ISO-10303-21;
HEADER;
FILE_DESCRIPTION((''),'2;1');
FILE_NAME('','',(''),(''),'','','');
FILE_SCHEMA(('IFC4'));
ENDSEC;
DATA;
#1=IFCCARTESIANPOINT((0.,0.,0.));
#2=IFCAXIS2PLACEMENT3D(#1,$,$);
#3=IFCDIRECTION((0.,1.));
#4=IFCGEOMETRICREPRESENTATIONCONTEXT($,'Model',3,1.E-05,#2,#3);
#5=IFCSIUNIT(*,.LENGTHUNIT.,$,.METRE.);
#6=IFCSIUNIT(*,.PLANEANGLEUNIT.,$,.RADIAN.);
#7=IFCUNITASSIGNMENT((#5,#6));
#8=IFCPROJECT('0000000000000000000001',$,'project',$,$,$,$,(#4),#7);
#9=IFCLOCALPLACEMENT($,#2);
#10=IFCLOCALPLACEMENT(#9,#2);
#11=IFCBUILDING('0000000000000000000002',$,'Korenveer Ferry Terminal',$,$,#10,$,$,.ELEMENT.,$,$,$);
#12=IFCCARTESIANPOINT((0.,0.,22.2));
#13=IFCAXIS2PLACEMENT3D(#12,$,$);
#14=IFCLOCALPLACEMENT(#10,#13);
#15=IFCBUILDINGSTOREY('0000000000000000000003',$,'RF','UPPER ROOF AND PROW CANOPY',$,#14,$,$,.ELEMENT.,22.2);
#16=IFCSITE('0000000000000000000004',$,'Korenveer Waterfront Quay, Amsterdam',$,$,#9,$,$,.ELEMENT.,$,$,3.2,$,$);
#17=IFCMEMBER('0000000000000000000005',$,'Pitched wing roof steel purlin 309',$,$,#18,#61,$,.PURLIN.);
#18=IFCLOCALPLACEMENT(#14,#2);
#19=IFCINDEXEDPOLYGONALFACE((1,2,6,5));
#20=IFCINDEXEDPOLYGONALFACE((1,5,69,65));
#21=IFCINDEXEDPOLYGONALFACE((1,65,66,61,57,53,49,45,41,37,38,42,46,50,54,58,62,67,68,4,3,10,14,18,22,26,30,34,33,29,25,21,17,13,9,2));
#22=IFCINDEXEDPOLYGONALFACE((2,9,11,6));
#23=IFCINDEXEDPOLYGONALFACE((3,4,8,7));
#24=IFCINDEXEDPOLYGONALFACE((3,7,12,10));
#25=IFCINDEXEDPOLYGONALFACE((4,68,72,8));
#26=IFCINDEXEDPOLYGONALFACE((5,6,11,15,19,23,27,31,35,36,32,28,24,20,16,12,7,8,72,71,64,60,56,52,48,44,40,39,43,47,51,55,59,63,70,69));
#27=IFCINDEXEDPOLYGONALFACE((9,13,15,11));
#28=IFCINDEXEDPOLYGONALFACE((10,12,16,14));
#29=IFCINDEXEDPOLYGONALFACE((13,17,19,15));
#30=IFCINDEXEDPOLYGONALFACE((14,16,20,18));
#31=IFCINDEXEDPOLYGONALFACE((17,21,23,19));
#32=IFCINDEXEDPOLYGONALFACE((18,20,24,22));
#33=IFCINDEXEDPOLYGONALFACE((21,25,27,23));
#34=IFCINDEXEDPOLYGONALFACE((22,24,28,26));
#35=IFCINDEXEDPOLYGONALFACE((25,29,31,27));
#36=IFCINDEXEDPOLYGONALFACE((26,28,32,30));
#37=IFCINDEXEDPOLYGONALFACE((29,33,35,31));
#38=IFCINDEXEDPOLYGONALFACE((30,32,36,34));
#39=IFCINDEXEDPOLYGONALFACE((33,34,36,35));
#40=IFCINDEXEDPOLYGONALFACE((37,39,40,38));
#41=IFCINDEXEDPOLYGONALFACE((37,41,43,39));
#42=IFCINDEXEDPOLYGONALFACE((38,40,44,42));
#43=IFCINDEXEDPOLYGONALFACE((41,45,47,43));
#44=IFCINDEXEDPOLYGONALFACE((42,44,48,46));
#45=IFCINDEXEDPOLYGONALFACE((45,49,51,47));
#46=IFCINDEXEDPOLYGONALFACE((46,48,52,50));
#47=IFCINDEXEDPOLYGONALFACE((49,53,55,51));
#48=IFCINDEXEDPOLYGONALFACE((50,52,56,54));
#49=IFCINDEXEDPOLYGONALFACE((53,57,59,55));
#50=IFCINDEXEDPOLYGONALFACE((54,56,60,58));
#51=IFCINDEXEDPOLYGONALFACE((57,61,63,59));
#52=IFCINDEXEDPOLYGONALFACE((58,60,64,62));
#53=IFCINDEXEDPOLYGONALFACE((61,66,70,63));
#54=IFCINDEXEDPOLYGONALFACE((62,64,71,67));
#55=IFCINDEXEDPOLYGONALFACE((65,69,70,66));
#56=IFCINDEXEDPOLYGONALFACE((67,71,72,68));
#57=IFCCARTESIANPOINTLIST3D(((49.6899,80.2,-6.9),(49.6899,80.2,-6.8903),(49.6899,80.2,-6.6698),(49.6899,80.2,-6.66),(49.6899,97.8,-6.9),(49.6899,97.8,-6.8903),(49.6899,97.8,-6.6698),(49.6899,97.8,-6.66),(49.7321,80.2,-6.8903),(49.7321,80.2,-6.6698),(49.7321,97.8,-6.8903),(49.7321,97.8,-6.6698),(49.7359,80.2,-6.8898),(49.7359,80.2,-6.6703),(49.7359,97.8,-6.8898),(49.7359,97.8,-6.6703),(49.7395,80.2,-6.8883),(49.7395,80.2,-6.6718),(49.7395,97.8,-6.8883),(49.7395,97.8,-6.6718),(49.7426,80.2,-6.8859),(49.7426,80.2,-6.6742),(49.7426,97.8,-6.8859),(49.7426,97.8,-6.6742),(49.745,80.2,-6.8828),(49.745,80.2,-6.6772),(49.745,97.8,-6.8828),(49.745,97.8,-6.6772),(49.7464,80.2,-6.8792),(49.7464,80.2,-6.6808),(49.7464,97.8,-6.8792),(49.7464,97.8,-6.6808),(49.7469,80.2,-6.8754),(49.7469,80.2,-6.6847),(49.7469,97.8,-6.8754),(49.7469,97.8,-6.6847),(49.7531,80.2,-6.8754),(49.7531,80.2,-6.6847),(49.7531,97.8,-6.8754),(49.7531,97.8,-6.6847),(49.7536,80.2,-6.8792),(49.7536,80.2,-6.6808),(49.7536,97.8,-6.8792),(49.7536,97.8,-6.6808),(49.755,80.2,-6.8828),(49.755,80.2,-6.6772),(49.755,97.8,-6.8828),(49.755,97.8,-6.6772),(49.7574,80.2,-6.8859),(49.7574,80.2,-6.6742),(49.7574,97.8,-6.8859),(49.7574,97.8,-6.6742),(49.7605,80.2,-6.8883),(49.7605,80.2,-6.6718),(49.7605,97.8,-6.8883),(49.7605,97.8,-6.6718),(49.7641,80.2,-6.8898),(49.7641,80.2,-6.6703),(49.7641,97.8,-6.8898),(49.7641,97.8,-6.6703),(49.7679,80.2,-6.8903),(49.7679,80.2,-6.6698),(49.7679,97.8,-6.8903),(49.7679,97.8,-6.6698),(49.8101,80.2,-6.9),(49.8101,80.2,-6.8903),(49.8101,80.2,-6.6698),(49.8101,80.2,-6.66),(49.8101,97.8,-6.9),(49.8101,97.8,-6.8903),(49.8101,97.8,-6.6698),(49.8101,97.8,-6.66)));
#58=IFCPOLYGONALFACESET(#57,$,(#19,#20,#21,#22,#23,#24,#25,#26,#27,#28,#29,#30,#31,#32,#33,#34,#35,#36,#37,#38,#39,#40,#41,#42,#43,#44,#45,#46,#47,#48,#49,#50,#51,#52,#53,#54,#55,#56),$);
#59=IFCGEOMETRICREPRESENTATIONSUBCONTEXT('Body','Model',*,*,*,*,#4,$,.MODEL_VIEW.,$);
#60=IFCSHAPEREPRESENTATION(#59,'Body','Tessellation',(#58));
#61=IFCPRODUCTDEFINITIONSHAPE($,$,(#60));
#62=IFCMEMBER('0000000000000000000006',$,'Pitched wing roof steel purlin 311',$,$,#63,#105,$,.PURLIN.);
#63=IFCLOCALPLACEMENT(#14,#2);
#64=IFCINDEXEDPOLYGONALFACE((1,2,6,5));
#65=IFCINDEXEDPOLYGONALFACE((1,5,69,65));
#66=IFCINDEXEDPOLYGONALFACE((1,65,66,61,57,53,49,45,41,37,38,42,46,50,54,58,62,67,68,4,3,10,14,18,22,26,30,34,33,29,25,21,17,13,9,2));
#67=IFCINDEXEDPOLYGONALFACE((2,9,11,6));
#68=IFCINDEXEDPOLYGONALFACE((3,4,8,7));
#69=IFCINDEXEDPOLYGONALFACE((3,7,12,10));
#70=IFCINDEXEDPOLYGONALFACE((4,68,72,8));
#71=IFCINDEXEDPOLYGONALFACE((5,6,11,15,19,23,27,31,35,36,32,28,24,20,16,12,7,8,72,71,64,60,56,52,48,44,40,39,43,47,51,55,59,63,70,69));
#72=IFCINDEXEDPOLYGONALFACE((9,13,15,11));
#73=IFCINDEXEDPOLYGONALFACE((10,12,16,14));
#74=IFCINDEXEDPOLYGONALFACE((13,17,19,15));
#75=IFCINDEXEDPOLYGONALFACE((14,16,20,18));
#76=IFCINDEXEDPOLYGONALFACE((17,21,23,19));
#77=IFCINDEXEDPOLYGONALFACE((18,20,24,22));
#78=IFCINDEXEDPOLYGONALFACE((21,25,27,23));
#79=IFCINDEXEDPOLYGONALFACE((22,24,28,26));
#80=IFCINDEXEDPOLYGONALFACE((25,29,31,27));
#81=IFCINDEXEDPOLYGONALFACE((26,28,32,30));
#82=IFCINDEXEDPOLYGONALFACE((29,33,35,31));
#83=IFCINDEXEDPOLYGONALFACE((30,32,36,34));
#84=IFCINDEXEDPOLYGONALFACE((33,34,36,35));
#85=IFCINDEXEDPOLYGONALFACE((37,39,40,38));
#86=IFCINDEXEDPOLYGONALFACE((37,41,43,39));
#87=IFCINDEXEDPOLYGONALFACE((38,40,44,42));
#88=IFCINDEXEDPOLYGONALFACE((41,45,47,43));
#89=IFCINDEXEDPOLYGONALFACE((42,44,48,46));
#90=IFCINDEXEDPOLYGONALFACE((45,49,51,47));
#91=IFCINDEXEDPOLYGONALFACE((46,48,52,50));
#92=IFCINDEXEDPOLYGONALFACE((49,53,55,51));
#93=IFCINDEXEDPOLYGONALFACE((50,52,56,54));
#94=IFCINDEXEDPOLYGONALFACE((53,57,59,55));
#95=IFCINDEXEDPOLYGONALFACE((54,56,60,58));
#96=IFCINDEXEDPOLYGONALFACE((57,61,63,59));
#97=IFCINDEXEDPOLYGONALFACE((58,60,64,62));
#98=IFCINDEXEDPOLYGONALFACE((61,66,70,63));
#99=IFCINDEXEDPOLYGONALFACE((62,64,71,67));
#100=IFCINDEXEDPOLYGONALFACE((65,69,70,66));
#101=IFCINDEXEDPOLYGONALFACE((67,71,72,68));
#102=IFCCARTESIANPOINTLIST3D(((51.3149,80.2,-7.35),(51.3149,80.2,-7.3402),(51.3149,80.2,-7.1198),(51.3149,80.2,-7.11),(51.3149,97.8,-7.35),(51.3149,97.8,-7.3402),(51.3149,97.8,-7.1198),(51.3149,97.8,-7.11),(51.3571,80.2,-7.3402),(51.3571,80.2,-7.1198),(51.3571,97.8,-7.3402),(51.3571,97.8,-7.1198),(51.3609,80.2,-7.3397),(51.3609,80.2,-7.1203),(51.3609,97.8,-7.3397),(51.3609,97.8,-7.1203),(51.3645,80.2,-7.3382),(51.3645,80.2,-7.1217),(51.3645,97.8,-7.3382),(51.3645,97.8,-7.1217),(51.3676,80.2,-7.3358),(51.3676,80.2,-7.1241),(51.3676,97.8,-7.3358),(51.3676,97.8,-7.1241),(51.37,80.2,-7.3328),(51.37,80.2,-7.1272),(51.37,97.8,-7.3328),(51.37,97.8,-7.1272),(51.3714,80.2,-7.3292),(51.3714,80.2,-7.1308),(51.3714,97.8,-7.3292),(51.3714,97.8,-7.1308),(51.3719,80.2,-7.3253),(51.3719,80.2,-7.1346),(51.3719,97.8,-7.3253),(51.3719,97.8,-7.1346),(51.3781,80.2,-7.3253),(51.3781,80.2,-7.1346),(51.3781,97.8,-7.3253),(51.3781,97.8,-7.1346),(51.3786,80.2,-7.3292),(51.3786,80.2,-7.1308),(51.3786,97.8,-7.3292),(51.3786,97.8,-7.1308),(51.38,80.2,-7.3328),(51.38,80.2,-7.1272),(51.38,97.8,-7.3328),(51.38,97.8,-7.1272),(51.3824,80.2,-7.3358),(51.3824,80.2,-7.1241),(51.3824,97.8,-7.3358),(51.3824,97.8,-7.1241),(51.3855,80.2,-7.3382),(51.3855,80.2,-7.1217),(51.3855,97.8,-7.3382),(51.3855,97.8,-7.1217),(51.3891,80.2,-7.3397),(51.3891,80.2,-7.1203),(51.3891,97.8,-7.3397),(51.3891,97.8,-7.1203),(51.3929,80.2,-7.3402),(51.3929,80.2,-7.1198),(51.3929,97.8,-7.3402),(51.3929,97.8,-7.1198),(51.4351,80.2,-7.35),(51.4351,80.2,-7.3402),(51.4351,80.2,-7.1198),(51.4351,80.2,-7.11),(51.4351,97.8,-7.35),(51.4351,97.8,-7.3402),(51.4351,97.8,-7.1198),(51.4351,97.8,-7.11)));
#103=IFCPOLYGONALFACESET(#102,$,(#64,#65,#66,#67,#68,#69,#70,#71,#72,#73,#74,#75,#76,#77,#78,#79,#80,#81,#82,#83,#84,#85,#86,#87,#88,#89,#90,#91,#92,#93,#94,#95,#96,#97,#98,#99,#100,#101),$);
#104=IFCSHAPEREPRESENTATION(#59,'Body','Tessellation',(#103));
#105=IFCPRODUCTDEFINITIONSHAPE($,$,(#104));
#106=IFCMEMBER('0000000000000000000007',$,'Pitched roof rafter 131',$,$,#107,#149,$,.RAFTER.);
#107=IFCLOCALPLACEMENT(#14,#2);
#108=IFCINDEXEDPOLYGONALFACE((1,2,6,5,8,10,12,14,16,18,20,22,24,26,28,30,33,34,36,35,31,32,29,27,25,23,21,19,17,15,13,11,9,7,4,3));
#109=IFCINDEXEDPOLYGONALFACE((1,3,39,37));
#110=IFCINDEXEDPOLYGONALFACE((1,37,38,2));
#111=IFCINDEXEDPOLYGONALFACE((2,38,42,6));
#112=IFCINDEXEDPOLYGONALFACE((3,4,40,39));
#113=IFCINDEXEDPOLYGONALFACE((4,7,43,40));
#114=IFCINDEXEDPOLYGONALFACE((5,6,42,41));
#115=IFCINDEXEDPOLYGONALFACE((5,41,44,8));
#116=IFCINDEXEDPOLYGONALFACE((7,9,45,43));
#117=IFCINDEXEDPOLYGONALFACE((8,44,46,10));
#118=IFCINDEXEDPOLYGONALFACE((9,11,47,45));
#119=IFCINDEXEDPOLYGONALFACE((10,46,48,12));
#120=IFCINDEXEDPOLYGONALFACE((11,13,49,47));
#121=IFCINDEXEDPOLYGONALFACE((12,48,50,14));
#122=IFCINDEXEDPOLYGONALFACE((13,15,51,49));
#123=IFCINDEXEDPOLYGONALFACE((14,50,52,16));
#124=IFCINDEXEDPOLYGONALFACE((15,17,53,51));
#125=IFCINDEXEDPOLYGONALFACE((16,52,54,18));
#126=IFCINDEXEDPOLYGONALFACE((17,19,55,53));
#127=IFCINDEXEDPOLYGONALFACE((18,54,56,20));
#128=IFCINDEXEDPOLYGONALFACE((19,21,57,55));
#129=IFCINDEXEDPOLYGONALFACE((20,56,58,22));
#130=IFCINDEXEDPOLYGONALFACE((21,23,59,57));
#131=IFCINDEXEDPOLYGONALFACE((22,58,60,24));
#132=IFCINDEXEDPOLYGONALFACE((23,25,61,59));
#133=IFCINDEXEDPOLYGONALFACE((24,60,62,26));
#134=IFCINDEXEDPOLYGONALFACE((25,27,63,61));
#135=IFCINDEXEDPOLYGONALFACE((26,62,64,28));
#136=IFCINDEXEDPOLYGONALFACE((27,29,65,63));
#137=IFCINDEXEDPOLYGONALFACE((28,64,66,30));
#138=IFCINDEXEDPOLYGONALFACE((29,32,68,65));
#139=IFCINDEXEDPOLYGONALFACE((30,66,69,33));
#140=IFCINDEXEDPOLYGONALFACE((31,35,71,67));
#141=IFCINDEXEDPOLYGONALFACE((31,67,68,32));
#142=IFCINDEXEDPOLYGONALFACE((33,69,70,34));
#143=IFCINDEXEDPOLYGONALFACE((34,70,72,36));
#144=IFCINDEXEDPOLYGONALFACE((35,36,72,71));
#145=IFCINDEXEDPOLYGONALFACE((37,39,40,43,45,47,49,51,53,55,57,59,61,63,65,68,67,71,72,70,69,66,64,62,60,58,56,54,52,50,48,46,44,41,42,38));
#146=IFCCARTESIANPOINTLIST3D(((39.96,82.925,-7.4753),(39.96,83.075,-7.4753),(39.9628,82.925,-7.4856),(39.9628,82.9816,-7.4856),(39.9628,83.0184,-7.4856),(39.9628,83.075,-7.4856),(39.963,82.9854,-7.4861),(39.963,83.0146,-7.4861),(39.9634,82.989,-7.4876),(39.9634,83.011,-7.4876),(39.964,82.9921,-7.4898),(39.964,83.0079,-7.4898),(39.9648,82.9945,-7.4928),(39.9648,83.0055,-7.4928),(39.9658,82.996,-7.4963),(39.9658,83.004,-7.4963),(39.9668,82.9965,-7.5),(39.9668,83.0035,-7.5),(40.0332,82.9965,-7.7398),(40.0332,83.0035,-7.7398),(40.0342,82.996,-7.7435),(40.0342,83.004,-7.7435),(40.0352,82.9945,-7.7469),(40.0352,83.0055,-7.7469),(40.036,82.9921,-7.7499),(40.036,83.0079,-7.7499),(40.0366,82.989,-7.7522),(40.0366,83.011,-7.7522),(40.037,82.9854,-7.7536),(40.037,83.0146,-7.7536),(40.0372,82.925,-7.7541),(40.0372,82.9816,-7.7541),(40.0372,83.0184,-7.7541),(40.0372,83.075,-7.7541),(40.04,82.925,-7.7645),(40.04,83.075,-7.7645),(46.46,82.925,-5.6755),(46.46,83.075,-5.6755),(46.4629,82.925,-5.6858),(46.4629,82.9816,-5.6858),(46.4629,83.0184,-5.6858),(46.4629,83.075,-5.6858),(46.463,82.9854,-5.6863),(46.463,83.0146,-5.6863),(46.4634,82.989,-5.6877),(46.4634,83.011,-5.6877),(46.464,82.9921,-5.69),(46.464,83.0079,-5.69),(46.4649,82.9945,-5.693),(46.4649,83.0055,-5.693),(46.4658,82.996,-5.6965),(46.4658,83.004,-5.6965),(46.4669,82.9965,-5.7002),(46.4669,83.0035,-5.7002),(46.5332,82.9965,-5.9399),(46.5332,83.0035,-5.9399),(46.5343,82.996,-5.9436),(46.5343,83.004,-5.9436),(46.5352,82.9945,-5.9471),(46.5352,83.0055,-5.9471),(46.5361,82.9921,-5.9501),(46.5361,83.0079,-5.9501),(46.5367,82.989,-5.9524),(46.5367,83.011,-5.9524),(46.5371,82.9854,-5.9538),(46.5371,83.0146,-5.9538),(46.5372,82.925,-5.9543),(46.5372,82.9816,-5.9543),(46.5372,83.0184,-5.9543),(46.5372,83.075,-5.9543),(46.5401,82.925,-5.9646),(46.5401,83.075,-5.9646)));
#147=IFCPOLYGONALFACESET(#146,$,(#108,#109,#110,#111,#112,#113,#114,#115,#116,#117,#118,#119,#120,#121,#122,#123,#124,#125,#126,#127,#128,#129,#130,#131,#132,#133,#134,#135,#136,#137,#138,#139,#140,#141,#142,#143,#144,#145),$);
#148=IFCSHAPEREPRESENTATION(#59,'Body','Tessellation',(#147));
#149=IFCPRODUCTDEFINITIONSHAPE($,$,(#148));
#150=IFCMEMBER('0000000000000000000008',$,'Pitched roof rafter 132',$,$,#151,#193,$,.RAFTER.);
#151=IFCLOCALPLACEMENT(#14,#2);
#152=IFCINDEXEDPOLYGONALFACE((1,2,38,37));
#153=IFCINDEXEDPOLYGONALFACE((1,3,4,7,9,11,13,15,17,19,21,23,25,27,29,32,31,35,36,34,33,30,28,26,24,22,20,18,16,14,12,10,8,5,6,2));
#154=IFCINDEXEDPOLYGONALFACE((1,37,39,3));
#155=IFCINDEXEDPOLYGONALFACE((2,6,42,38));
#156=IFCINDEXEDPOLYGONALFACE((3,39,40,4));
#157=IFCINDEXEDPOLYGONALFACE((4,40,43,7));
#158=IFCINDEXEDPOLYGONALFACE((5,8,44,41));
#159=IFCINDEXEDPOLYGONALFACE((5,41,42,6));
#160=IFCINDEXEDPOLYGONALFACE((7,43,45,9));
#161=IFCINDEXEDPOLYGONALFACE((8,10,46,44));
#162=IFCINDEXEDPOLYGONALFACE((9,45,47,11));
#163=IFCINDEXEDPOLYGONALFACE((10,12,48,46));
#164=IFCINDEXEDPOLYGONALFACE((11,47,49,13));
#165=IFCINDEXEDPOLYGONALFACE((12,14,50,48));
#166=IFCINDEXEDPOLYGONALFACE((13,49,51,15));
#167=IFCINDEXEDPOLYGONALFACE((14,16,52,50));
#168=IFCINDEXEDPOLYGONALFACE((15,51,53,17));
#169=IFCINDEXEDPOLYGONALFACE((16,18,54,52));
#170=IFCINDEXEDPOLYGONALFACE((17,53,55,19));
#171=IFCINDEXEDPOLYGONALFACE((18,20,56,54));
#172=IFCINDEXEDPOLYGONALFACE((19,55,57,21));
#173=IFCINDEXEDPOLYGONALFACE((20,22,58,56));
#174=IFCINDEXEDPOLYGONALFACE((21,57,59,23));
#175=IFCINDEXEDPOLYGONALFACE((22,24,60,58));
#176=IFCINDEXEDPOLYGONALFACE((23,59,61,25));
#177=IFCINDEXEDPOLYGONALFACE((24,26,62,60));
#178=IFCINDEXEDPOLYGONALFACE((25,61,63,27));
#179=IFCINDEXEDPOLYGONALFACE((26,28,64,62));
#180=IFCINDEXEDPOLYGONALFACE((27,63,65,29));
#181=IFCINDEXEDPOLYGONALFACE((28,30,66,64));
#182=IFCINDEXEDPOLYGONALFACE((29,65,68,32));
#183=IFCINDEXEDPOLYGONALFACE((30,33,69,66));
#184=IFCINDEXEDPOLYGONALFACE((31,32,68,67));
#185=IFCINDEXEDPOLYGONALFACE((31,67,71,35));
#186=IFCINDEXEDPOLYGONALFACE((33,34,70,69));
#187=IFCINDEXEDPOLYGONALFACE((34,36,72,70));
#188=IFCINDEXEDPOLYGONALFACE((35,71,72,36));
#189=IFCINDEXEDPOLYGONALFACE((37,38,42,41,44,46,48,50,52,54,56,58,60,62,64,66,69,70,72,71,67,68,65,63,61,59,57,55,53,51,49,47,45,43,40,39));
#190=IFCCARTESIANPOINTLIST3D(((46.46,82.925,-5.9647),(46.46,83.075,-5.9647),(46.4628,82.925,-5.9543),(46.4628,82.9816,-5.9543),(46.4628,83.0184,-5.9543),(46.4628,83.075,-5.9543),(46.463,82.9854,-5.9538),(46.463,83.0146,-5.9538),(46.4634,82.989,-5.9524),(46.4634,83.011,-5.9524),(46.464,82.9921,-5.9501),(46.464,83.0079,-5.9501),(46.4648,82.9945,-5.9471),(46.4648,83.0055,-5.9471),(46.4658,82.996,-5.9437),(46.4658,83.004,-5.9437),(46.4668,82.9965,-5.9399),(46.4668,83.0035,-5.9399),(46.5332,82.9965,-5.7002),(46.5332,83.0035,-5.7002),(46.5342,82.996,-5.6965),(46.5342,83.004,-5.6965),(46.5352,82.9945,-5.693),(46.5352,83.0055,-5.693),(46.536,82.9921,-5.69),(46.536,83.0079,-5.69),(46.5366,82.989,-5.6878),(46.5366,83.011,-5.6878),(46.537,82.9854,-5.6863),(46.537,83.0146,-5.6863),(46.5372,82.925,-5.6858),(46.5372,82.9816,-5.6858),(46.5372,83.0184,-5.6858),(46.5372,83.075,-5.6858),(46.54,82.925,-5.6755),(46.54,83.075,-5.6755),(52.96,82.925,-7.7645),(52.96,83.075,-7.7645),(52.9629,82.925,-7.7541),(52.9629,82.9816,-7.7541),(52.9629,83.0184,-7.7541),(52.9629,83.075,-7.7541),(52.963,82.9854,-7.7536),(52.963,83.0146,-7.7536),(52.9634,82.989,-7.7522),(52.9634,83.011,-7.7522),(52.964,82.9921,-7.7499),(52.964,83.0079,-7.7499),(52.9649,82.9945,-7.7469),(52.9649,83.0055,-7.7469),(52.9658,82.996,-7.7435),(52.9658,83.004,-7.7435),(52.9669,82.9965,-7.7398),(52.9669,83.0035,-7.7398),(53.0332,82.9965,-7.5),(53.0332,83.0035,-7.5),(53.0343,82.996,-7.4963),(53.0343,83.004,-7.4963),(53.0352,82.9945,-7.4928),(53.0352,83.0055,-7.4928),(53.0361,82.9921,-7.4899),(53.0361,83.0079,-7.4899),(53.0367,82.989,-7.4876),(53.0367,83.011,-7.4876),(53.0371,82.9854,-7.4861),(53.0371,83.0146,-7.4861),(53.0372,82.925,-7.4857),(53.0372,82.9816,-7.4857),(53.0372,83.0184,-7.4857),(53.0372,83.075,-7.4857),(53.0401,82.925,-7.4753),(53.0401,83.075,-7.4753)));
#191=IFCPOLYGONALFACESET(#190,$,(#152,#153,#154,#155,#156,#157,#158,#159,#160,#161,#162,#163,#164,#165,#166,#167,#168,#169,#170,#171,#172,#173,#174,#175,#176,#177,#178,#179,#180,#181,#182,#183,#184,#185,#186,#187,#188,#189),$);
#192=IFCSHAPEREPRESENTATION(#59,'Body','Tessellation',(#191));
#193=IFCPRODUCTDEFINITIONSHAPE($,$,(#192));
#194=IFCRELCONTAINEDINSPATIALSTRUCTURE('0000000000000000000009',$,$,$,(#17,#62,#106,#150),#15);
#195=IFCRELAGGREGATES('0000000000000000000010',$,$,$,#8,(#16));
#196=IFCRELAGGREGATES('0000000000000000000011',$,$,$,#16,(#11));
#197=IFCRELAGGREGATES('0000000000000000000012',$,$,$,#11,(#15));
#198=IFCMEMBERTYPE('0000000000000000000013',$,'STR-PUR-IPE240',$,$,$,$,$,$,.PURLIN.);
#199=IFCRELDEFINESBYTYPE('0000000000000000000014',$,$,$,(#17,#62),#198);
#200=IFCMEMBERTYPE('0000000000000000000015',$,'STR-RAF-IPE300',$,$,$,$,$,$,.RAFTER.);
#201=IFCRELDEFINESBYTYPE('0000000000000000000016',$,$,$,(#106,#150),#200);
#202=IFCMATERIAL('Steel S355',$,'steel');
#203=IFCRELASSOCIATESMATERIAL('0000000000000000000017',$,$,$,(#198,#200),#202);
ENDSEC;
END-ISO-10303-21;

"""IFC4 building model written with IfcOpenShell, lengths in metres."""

from ifc_helpers import new_model, si_unit, direction, frame, origin, origin_2d, place, context, subcontext, project, spatial, i_section, extrude, material, material_profile, profile_set, type_object, element, save


model = new_model("IFC4")

# Units and contexts
model_context = context("Model", 3, precision=1e-05, world=origin(), true_north=direction((0.0, 1.0)))
body_context = subcontext(model_context, "Body", "Model", "MODEL_VIEW")
ifc_project = project(units=[si_unit("LENGTHUNIT", "METRE"), si_unit("PLANEANGLEUNIT", "RADIAN")], contexts=[model_context])

# Site, building, storey
site_placement = place(None, origin())
site = spatial("IfcSite", under=ifc_project, at=site_placement, Name="Korenveer Waterfront Quay, Amsterdam", CompositionType="ELEMENT", RefElevation=3.2)
building_placement = place(site_placement, origin())
building = spatial("IfcBuilding", under=site, at=building_placement, Name="Korenveer Ferry Terminal", CompositionType="ELEMENT")
storey_placement = place(building_placement, frame((0.0, 0.0, 22.2)))
storey = spatial("IfcBuildingStorey", under=building, at=storey_placement, Name="RF", Description="UPPER ROOF AND PROW CANOPY", CompositionType="ELEMENT", Elevation=22.2)

# Shared definitions
ifc_material_1 = material(Name="Steel S355", Category="steel")

# Members
ifc_material_profile_1 = material_profile(ifc_material_1, i_section(OverallWidth=0.1201, OverallDepth=0.24, WebThickness=0.0061, FlangeThickness=0.0098, FilletRadius=0.0149, at=origin_2d()), Name="IPE 240")
ifc_profile_set_1 = profile_set([ifc_material_profile_1], Name="Steel S355")
member_type_1 = type_object("IfcMemberType", Name="STR-PUR-IPE240", PredefinedType="PURLIN", material=ifc_profile_set_1)
for number, where, z_axis, x_axis, name in (
    (1, (49.75, 80.2, -6.78), (0.0, 1.0, 0.0), (-1.0, 0.0, 0.0), "Pitched wing roof steel purlin 309"),
    (2, (51.375, 80.2, -7.23), (0.0, 1.0, 0.0), (-1.0, 0.0, 0.0), "Pitched wing roof steel purlin 311"),
):
    element("IfcMember", number, at=place(storey_placement, frame(where, z_axis=z_axis, x_axis=x_axis)), inside=storey, type_object=member_type_1, Name=name, PredefinedType="PURLIN", context=body_context, shape_type="SweptSolid", body=[
        extrude(i_section(OverallWidth=0.1201, OverallDepth=0.24, WebThickness=0.0061, FlangeThickness=0.0098, FilletRadius=0.0149, at=origin_2d()), origin(), (0.0, 0.0, 1.0), 17.6001),
    ])
ifc_material_profile_2 = material_profile(ifc_material_1, i_section(OverallWidth=0.1499, OverallDepth=0.3, WebThickness=0.0071, FlangeThickness=0.0107, FilletRadius=0.0149, at=origin_2d()), Name="IPE 300")
ifc_profile_set_2 = profile_set([ifc_material_profile_2], Name="Steel S355")
member_type_2 = type_object("IfcMemberType", Name="STR-RAF-IPE300", PredefinedType="RAFTER", material=ifc_profile_set_2)
for number, where, z_axis, x_axis, name in (
    (3, (40.0, 83.0, -7.6199), (0.963737, 0.0, 0.266852), (0.0, 1.0, 0.0), "Pitched roof rafter 131"),
    (4, (46.5, 83.0, -5.8201), (0.963737, 0.0, -0.266852), (0.0, 1.0, 0.0), "Pitched roof rafter 132"),
):
    element("IfcMember", number, at=place(storey_placement, frame(where, z_axis=z_axis, x_axis=x_axis)), inside=storey, type_object=member_type_2, Name=name, PredefinedType="RAFTER", context=body_context, shape_type="SweptSolid", body=[
        extrude(i_section(OverallWidth=0.1499, OverallDepth=0.3, WebThickness=0.0071, FlangeThickness=0.0107, FilletRadius=0.0149, at=origin_2d()), origin(), (0.0, 0.0, 1.0), 6.7446),
    ])

save(model, "model.ifc")
